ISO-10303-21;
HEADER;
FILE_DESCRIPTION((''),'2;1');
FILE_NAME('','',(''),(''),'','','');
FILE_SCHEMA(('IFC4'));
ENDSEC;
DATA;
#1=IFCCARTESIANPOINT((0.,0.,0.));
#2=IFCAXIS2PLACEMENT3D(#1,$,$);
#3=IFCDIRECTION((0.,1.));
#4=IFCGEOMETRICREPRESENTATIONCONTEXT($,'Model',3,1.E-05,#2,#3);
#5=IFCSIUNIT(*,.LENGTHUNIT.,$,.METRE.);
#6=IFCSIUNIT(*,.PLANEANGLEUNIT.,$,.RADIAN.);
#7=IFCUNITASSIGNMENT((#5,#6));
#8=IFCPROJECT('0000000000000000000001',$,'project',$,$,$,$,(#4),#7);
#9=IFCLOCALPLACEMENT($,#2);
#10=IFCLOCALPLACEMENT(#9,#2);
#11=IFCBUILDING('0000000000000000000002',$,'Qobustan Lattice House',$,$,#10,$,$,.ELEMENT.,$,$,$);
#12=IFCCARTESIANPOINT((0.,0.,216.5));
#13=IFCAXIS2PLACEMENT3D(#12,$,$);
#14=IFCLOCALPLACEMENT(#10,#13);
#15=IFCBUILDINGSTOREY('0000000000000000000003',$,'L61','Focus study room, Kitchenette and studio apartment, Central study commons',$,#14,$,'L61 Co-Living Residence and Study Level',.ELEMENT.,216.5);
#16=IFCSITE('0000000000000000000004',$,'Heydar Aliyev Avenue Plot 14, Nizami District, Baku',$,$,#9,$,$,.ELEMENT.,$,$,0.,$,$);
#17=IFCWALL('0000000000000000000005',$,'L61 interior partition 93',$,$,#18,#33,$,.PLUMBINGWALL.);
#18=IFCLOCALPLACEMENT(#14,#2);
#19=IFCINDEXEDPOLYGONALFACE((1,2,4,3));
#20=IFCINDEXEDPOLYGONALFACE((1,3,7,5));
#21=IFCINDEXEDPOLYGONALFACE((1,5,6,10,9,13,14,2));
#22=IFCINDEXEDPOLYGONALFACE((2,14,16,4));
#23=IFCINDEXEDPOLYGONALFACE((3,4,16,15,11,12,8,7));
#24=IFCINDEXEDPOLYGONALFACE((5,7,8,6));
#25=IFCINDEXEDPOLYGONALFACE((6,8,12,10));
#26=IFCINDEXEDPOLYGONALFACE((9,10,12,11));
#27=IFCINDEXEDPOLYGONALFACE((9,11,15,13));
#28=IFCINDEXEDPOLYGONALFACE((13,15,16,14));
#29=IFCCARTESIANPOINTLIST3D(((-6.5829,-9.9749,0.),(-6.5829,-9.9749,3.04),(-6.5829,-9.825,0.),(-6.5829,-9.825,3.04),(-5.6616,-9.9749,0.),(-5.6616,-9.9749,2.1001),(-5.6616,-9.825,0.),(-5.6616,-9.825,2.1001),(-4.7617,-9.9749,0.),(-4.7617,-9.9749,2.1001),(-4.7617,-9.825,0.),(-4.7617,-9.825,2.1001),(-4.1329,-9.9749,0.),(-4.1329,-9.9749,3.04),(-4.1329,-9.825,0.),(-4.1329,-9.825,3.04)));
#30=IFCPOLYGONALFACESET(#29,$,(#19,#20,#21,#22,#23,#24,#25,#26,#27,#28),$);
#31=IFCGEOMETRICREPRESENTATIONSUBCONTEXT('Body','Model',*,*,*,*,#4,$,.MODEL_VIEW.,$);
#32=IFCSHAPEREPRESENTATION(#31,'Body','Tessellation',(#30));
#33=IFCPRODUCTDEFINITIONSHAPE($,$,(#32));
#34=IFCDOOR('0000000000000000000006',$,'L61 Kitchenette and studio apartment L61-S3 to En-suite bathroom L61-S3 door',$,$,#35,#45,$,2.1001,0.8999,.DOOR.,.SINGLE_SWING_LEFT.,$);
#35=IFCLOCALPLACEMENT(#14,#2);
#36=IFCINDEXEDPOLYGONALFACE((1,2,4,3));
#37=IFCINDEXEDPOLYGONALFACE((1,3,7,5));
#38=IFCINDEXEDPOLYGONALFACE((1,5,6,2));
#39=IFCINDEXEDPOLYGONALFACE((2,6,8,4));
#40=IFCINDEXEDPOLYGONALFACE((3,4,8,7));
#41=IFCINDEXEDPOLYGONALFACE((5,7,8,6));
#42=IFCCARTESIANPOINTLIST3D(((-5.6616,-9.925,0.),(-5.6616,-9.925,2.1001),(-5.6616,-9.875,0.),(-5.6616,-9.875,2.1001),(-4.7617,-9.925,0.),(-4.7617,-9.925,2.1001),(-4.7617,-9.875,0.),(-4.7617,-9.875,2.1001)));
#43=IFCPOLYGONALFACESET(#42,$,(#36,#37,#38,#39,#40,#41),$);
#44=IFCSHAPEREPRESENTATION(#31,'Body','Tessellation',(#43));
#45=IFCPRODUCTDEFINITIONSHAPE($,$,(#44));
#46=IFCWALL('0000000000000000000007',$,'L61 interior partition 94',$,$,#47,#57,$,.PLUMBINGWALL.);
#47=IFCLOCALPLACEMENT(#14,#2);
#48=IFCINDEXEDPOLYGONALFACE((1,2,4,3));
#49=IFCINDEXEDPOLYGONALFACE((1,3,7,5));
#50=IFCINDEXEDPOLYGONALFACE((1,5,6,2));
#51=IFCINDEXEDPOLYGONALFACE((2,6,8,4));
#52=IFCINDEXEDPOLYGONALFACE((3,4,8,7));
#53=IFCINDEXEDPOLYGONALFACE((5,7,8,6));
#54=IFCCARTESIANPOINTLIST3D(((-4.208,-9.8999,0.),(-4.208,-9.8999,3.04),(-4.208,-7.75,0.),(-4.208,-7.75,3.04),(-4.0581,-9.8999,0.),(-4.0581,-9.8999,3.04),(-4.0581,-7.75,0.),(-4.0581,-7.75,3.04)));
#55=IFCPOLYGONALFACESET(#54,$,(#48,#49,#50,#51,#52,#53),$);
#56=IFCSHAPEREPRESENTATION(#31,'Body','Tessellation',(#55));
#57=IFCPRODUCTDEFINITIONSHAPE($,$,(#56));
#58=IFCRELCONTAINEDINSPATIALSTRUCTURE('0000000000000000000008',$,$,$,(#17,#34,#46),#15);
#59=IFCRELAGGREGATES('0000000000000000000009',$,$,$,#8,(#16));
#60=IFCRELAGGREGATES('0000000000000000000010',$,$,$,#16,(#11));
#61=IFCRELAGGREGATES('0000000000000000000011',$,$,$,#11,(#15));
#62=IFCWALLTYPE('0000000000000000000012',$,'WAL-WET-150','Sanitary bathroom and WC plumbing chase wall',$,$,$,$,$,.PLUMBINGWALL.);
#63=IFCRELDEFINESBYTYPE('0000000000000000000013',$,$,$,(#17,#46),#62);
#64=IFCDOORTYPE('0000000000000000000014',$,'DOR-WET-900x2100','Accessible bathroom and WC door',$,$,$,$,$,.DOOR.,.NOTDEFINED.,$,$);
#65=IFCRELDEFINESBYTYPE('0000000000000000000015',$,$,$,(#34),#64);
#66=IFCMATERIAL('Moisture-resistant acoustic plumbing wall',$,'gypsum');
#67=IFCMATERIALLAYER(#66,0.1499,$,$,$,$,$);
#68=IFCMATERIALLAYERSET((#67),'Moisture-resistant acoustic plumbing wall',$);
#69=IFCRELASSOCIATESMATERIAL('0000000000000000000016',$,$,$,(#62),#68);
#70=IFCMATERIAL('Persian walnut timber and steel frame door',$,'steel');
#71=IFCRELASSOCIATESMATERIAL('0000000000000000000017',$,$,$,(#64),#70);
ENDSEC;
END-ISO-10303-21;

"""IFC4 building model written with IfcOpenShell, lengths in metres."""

from ifc_helpers import new_model, si_unit, direction, frame, frame_2d, origin, place, context, subcontext, project, spatial, rectangle, extrude, material, layer, layer_set, type_object, element, fill, save


model = new_model("IFC4")

# Units and contexts
model_context = context("Model", 3, precision=1e-05, world=origin(), true_north=direction((0.0, 1.0)))
body_context = subcontext(model_context, "Body", "Model", "MODEL_VIEW")
ifc_project = project(units=[si_unit("LENGTHUNIT", "METRE"), si_unit("PLANEANGLEUNIT", "RADIAN")], contexts=[model_context])

# Site, building, storey
site_placement = place(None, origin())
site = spatial("IfcSite", under=ifc_project, at=site_placement, Name="Heydar Aliyev Avenue Plot 14, Nizami District, Baku", CompositionType="ELEMENT", RefElevation=0.0)
building_placement = place(site_placement, origin())
building = spatial("IfcBuilding", under=site, at=building_placement, Name="Qobustan Lattice House", CompositionType="ELEMENT")
storey_placement = place(building_placement, frame((0.0, 0.0, 216.5)))
storey = spatial("IfcBuildingStorey", under=building, at=storey_placement, Name="L61", Description="Focus study room, Kitchenette and studio apartment, Central study commons", LongName="L61 Co-Living Residence and Study Level", CompositionType="ELEMENT", Elevation=216.5)

# Shared definitions
ifc_material_1 = material(Name="Moisture-resistant acoustic plumbing wall", Category="gypsum")
ifc_layer_1 = layer(ifc_material_1, 0.1499)
ifc_layer_set_1 = layer_set([ifc_layer_1], Name="Moisture-resistant acoustic plumbing wall")
wall_type_1 = type_object("IfcWallType", Name="WAL-WET-150", Description="Sanitary bathroom and WC plumbing chase wall", PredefinedType="PLUMBINGWALL", material=ifc_layer_set_1)

# Wall, opening, door
wall_1_placement = place(storey_placement, frame((-6.583, -9.8999, 0.0), z_axis=(0.0, 0.0, 1.0), x_axis=(1.0, 0.0, 0.0)))
wall_1 = element("IfcWall", 1, at=wall_1_placement, inside=storey, type_object=wall_type_1, Name="L61 interior partition 93", PredefinedType="PLUMBINGWALL", context=body_context, shape_type="SweptSolid", body=[
    extrude(rectangle(XDim=2.45, YDim=0.1499, at=frame_2d((1.2251, 0.0))), origin(), (0.0, 0.0, 1.0), 3.04),
])
opening_1_placement = place(wall_1_placement, frame((0.9214, 0.0, 0.0)))
opening_1 = element("IfcOpeningElement", 2, at=opening_1_placement, cuts=wall_1, PredefinedType="OPENING", context=body_context, shape_type="SweptSolid", body=[
    extrude(rectangle(XDim=0.8999, YDim=2.1001, at=frame_2d((0.45, 1.05))), frame((0.0, 0.085, 0.0), z_axis=(0.0, -1.0, 0.0), x_axis=(1.0, 0.0, 0.0)), (0.0, 0.0, 1.0), 0.1699),
])
ifc_material_2 = material(Name="Persian walnut timber and steel frame door", Category="steel")
door_type_1 = type_object("IfcDoorType", Name="DOR-WET-900x2100", Description="Accessible bathroom and WC door", OperationType="NOTDEFINED", PredefinedType="DOOR", material=ifc_material_2)
door_1_placement = place(opening_1_placement, origin())
door_1 = element("IfcDoor", 3, at=door_1_placement, inside=storey, type_object=door_type_1, Name="L61 Kitchenette and studio apartment L61-S3 to En-suite bathroom L61-S3 door", OperationType="SINGLE_SWING_LEFT", OverallHeight=2.1001, OverallWidth=0.8999, PredefinedType="DOOR", context=body_context, shape_type="SweptSolid", body=[
    extrude(rectangle(XDim=0.8999, YDim=2.1001, at=frame_2d((0.45, 1.05))), frame((0.0, 0.0249, 0.0), z_axis=(0.0, -1.0, 0.0), x_axis=(1.0, 0.0, 0.0)), (0.0, 0.0, 1.0), 0.05),
])
fill(opening_1, door_1)

# Wall
wall_2_placement = place(storey_placement, frame((-4.1331, -9.8999, 0.0), z_axis=(0.0, 0.0, 1.0), x_axis=(0.0, 1.0, 0.0)))
element("IfcWall", 4, at=wall_2_placement, inside=storey, type_object=wall_type_1, Name="L61 interior partition 94", PredefinedType="PLUMBINGWALL", context=body_context, shape_type="SweptSolid", body=[
    extrude(rectangle(XDim=2.1499, YDim=0.1499, at=frame_2d((1.075, 0.0))), origin(), (0.0, 0.0, 1.0), 3.04),
])

save(model, "model.ifc")
